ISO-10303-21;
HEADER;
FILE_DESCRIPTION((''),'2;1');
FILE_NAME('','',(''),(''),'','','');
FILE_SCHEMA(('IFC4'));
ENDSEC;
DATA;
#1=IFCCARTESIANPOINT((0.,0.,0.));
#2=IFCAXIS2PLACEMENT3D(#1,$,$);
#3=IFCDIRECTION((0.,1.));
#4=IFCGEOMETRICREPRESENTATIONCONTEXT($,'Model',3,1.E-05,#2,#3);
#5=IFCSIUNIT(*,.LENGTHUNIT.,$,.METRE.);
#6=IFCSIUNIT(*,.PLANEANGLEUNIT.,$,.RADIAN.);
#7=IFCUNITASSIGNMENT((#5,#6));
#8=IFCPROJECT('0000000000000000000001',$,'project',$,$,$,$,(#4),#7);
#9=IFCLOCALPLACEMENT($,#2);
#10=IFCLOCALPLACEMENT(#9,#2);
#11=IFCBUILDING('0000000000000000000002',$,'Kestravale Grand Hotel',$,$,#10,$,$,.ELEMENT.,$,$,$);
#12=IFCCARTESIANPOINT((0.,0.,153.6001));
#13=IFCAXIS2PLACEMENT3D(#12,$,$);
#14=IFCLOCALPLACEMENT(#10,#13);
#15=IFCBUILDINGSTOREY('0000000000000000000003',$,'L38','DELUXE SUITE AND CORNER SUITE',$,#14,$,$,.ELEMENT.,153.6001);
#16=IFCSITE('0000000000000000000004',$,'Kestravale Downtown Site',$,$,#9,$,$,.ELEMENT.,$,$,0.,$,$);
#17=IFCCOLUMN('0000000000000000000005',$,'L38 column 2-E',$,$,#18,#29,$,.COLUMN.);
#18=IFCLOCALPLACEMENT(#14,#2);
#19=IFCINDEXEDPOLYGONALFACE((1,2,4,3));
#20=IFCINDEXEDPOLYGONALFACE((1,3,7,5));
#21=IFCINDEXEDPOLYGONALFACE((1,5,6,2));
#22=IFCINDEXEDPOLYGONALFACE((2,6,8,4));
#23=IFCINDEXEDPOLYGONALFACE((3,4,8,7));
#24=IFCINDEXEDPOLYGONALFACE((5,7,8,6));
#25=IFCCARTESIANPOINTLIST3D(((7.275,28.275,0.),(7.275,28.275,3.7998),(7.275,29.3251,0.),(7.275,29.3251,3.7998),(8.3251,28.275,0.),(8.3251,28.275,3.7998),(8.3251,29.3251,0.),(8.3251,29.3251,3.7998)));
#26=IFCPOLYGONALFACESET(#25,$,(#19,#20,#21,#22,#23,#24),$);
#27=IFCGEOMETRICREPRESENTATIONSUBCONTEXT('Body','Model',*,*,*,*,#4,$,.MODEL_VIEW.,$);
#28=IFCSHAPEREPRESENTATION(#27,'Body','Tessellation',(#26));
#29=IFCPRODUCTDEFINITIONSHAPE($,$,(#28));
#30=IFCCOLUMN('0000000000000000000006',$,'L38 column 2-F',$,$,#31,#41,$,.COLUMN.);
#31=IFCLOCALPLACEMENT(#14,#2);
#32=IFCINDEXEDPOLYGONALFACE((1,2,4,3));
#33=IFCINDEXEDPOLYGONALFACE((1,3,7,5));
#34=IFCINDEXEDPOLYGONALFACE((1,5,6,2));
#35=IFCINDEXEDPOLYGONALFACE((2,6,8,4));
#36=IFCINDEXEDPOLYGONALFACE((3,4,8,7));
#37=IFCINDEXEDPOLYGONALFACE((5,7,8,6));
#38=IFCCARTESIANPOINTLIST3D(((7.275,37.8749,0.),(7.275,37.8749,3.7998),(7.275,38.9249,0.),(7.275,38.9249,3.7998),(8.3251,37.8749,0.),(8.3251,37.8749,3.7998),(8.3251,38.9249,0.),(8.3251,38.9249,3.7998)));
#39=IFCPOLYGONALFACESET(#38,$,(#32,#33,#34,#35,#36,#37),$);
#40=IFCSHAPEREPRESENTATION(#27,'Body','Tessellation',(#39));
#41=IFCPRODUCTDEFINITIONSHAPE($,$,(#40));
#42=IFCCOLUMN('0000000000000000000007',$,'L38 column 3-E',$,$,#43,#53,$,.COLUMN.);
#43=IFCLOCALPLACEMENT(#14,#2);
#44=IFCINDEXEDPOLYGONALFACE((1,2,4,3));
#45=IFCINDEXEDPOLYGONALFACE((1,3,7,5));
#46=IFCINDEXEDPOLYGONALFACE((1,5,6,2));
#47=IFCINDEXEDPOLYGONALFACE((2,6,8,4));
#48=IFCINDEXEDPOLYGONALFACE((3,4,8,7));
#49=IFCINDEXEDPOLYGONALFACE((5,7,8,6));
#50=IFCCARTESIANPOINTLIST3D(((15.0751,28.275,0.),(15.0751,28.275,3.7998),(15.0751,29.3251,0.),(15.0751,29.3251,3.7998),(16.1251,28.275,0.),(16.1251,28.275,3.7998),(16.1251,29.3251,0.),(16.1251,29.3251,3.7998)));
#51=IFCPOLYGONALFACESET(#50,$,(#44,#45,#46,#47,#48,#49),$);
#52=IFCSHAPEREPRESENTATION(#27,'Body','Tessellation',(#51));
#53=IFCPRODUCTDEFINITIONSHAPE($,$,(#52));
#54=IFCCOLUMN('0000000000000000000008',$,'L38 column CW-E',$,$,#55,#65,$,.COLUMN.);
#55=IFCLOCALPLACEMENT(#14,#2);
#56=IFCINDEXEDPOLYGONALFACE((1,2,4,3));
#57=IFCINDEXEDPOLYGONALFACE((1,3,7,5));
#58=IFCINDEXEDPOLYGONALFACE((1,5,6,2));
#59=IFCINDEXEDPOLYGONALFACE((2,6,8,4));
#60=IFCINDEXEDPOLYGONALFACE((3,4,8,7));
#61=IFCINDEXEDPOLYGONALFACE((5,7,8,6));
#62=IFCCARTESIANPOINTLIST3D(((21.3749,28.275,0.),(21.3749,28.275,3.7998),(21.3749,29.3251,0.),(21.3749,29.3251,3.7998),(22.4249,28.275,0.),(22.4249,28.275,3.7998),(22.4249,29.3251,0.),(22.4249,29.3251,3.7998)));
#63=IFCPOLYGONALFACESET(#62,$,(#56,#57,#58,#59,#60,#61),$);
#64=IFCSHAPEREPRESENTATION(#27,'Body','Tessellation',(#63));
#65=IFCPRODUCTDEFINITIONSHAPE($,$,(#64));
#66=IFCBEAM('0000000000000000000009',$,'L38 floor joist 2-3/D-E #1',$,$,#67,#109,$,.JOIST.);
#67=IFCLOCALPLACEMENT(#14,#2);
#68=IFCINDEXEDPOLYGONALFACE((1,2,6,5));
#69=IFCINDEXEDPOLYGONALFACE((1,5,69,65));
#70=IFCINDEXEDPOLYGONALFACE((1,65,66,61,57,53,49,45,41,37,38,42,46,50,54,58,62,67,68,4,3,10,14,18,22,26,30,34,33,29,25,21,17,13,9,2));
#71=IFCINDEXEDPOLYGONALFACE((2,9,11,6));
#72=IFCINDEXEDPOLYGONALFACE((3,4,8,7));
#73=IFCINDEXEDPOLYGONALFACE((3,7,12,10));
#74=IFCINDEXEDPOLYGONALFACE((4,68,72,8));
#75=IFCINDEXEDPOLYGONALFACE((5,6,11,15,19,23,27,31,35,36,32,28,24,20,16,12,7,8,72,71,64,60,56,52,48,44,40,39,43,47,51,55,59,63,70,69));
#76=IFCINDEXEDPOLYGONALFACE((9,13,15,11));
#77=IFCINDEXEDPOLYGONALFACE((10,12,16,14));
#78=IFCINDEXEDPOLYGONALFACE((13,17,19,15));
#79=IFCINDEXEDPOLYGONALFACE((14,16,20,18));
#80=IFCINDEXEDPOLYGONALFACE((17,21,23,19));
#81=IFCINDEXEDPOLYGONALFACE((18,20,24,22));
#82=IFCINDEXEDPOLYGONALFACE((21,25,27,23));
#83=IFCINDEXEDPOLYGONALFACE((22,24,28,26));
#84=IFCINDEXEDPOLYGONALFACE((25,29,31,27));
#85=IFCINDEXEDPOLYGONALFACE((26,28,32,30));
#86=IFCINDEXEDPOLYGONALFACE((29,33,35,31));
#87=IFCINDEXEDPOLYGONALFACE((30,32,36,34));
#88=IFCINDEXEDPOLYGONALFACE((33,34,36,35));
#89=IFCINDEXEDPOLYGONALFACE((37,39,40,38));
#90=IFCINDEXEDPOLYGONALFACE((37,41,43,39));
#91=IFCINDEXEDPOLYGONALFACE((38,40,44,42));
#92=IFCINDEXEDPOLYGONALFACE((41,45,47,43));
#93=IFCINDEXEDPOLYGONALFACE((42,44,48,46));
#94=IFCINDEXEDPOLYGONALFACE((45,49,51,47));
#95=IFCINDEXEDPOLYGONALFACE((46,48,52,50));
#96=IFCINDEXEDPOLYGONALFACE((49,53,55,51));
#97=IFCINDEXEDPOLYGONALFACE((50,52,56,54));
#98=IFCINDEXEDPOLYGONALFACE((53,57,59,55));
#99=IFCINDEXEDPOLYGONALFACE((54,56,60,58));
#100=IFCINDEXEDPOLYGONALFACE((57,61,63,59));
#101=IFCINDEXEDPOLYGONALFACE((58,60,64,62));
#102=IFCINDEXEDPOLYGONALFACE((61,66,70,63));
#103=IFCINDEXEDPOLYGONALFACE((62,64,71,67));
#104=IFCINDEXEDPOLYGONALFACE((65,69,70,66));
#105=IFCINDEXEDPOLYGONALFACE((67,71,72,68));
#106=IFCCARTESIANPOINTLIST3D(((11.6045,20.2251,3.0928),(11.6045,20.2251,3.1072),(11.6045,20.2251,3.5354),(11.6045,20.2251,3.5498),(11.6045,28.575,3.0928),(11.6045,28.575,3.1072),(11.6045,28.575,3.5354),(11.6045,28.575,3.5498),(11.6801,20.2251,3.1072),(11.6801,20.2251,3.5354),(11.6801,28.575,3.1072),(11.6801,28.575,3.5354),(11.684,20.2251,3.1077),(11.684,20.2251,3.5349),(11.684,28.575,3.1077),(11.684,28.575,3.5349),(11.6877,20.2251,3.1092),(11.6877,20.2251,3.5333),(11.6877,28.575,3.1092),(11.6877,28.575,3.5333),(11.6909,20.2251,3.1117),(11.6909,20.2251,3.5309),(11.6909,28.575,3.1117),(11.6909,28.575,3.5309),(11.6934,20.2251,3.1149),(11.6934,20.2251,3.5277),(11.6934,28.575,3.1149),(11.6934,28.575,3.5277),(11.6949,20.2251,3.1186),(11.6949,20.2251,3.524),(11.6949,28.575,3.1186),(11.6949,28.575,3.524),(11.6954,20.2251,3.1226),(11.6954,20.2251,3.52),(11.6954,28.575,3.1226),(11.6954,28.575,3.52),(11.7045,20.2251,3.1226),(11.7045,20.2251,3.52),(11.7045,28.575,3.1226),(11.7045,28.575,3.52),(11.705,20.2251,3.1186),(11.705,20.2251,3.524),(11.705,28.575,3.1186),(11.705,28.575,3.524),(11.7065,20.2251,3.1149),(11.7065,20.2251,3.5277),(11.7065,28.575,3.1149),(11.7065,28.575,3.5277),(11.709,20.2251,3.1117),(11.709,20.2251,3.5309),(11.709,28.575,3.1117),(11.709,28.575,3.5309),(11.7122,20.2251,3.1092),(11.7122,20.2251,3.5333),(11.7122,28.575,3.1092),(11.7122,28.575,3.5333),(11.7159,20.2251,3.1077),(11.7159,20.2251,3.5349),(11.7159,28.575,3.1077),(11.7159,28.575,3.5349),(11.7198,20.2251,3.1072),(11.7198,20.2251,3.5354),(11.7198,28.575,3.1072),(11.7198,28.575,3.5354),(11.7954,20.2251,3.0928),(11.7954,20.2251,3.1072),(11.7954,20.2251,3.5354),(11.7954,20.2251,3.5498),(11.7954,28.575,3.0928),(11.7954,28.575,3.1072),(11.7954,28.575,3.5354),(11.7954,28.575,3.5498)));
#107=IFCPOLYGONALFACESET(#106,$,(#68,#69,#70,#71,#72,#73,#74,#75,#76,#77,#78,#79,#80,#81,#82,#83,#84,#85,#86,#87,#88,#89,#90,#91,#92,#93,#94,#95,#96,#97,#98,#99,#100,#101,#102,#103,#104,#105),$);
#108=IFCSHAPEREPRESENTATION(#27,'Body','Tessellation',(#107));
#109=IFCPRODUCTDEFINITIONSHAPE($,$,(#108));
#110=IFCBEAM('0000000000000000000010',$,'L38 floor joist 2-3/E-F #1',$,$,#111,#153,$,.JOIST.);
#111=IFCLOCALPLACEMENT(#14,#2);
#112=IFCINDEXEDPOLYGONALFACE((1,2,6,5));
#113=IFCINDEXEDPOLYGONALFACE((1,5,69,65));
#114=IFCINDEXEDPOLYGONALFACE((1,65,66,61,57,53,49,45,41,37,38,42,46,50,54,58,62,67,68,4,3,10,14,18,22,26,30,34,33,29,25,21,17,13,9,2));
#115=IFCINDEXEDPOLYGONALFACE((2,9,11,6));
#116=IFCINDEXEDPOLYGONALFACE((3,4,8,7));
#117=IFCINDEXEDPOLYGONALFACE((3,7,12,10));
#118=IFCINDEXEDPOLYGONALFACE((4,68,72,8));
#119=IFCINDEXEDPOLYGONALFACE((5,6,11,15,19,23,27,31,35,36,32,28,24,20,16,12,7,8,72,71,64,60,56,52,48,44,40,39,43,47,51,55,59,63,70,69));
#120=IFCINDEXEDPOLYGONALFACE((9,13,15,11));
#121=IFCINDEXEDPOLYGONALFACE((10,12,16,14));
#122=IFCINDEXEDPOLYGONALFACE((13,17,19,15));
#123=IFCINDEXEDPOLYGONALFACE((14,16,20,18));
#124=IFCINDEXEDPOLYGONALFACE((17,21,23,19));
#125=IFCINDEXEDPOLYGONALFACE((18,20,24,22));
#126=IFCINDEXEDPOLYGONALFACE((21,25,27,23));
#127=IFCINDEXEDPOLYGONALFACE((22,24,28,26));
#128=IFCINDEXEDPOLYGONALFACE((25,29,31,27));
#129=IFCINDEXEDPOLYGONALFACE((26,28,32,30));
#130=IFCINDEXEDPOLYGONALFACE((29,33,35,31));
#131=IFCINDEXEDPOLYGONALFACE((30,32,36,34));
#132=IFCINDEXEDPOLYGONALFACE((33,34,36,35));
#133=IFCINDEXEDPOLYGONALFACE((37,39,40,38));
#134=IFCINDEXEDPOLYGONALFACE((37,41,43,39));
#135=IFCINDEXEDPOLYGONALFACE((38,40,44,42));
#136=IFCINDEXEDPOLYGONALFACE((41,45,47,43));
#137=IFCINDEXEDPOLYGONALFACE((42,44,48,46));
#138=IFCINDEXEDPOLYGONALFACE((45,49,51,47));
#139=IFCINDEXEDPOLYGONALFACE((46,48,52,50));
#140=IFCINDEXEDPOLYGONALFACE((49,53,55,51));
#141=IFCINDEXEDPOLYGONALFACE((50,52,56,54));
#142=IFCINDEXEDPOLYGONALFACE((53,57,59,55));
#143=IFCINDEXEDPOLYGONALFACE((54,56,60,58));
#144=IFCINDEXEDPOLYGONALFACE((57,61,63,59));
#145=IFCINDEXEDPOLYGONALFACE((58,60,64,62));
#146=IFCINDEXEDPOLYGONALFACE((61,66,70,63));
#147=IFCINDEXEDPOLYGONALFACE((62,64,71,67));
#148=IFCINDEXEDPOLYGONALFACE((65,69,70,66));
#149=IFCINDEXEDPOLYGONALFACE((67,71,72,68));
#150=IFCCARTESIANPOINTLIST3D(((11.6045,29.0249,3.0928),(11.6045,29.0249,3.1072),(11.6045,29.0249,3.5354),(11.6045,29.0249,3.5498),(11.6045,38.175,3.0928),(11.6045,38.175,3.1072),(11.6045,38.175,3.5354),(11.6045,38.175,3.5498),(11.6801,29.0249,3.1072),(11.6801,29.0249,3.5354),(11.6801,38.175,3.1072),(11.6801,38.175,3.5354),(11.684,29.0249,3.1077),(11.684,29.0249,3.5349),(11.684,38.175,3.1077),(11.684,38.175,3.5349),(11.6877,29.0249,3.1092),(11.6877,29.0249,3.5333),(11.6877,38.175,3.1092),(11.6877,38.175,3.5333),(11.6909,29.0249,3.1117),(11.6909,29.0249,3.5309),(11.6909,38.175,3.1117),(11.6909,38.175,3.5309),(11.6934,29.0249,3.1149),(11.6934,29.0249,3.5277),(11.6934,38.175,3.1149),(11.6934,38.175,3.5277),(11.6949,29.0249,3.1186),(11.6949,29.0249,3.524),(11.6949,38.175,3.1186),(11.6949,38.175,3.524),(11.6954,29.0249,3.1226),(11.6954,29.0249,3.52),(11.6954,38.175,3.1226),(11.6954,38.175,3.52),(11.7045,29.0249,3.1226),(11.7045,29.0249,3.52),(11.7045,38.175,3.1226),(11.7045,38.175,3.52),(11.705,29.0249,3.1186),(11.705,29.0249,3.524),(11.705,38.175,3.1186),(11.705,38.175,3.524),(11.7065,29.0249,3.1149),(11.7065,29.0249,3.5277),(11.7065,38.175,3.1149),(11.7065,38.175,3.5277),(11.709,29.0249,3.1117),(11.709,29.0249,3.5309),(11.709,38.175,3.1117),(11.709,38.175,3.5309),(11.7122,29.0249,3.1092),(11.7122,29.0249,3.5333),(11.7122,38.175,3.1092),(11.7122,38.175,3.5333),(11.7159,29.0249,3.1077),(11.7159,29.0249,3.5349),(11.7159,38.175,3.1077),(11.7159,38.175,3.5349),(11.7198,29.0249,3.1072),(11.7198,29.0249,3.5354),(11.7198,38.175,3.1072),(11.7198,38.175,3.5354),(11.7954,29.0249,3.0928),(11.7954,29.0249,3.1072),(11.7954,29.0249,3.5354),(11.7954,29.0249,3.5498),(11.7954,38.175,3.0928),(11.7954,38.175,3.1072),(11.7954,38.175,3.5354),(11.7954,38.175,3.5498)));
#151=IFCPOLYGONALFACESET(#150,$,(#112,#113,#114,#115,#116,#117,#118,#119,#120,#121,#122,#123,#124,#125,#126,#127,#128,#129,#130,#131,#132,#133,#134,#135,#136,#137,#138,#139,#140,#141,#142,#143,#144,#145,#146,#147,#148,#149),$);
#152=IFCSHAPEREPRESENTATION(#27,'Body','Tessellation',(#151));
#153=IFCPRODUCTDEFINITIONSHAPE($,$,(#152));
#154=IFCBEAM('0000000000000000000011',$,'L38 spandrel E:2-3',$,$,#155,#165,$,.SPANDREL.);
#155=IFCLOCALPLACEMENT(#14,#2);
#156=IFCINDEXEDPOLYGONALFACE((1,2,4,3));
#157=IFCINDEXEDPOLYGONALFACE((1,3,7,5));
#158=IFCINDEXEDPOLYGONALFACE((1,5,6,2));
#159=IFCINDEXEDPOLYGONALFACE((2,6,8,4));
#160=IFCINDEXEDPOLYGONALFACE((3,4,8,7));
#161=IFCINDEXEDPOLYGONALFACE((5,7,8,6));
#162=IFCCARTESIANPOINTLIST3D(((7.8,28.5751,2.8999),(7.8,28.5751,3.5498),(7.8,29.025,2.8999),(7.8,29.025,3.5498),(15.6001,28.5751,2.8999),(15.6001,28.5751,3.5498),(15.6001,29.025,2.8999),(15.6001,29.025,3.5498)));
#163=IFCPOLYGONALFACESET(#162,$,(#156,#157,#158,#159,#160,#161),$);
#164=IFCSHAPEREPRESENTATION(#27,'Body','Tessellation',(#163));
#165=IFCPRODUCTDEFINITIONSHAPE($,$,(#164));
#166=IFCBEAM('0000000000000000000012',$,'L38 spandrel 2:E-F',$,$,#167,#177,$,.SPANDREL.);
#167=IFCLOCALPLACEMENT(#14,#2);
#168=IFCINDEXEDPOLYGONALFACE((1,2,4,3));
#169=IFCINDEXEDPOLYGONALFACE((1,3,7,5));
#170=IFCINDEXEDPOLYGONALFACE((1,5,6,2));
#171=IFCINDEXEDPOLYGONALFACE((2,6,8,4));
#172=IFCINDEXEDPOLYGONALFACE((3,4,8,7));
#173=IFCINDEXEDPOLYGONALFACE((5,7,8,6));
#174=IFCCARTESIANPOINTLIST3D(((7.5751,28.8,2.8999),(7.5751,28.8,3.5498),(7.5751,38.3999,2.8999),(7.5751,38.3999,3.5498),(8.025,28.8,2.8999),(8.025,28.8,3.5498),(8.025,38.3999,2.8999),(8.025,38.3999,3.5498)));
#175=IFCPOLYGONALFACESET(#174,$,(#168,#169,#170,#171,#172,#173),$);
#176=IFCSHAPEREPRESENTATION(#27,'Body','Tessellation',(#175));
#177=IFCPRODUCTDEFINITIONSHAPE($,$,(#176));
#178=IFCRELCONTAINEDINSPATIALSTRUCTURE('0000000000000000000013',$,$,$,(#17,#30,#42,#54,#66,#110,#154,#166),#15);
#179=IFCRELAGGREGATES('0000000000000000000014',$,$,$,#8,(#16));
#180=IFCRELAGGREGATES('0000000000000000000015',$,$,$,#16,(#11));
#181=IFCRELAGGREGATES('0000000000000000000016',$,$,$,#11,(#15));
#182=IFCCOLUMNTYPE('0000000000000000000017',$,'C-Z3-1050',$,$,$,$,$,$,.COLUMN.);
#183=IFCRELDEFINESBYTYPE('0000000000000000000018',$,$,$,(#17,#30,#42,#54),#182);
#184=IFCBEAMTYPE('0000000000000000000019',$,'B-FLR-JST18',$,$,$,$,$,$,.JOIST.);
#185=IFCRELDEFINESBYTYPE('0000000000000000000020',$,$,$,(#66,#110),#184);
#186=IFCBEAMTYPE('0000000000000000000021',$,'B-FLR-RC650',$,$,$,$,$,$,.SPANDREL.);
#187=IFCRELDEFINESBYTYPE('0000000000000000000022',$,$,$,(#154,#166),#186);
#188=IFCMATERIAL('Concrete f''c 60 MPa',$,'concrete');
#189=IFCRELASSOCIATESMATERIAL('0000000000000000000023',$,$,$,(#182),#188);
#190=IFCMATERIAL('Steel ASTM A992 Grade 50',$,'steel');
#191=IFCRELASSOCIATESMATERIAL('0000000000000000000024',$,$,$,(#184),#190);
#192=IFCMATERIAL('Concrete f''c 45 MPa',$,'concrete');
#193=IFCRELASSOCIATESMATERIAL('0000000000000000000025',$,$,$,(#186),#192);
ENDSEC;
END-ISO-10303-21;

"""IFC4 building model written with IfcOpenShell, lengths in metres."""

from ifc_helpers import new_model, si_unit, direction, frame, origin, origin_2d, place, context, subcontext, project, spatial, rectangle, i_section, extrude, material, material_profile, profile_set, type_object, element, save


model = new_model("IFC4")

# Units and contexts
model_context = context("Model", 3, precision=1e-05, world=origin(), true_north=direction((0.0, 1.0)))
body_context = subcontext(model_context, "Body", "Model", "MODEL_VIEW")
ifc_project = project(units=[si_unit("LENGTHUNIT", "METRE"), si_unit("PLANEANGLEUNIT", "RADIAN")], contexts=[model_context])

# Site, building, storey
site_placement = place(None, origin())
site = spatial("IfcSite", under=ifc_project, at=site_placement, Name="Kestravale Downtown Site", CompositionType="ELEMENT", RefElevation=0.0)
building_placement = place(site_placement, origin())
building = spatial("IfcBuilding", under=site, at=building_placement, Name="Kestravale Grand Hotel", CompositionType="ELEMENT")
storey_placement = place(building_placement, frame((0.0, 0.0, 153.6001)))
storey = spatial("IfcBuildingStorey", under=building, at=storey_placement, Name="L38", Description="DELUXE SUITE AND CORNER SUITE", CompositionType="ELEMENT", Elevation=153.6001)

# Columns
ifc_material_1 = material(Name="Concrete f'c 60 MPa", Category="concrete")
ifc_material_profile_1 = material_profile(ifc_material_1, rectangle(XDim=1.05, YDim=1.05, at=origin_2d()))
ifc_profile_set_1 = profile_set([ifc_material_profile_1], Name="Concrete f'c 60 MPa")
column_type = type_object("IfcColumnType", Name="C-Z3-1050", PredefinedType="COLUMN", material=ifc_profile_set_1)
for number, where, z_axis, x_axis, name in (
    (1, (7.8, 28.8, 0.0), (0.0, 0.0, 1.0), (1.0, 0.0, 0.0), "L38 column 2-E"),
    (2, (7.8, 38.3999, 0.0), (0.0, 0.0, 1.0), (1.0, 0.0, 0.0), "L38 column 2-F"),
    (3, (15.6001, 28.8, 0.0), (0.0, 0.0, 1.0), (1.0, 0.0, 0.0), "L38 column 3-E"),
    (4, (21.8999, 28.8, 0.0), (0.0, 0.0, 1.0), (1.0, 0.0, 0.0), "L38 column CW-E"),
):
    element("IfcColumn", number, at=place(storey_placement, frame(where, z_axis=z_axis, x_axis=x_axis)), inside=storey, type_object=column_type, Name=name, PredefinedType="COLUMN", context=body_context, shape_type="SweptSolid", body=[
        extrude(rectangle(XDim=1.05, YDim=1.05, at=origin_2d()), origin(), (0.0, 0.0, 1.0), 3.7998),
    ])

# Beams
ifc_material_2 = material(Name="Steel ASTM A992 Grade 50", Category="steel")
ifc_material_profile_2 = material_profile(ifc_material_2, i_section(OverallWidth=0.1909, OverallDepth=0.457, WebThickness=0.009, FlangeThickness=0.0144, FilletRadius=0.0154, at=origin_2d()))
ifc_profile_set_2 = profile_set([ifc_material_profile_2], Name="Steel ASTM A992 Grade 50")
beam_type_1 = type_object("IfcBeamType", Name="B-FLR-JST18", PredefinedType="JOIST", material=ifc_profile_set_2)
beam_1_placement = place(storey_placement, frame((11.7, 20.2251, 3.3213), z_axis=(0.0, 1.0, 0.0), x_axis=(-1.0, 0.0, 0.0)))
element("IfcBeam", 5, at=beam_1_placement, inside=storey, type_object=beam_type_1, Name="L38 floor joist 2-3/D-E #1", PredefinedType="JOIST", context=body_context, shape_type="SweptSolid", body=[
    extrude(i_section(OverallWidth=0.1909, OverallDepth=0.457, WebThickness=0.009, FlangeThickness=0.0144, FilletRadius=0.0154, at=origin_2d()), origin(), (0.0, 0.0, 1.0), 8.3499),
])
beam_2_placement = place(storey_placement, frame((11.7, 29.0249, 3.3213), z_axis=(0.0, 1.0, 0.0), x_axis=(-1.0, 0.0, 0.0)))
element("IfcBeam", 6, at=beam_2_placement, inside=storey, type_object=beam_type_1, Name="L38 floor joist 2-3/E-F #1", PredefinedType="JOIST", context=body_context, shape_type="SweptSolid", body=[
    extrude(i_section(OverallWidth=0.1909, OverallDepth=0.457, WebThickness=0.009, FlangeThickness=0.0144, FilletRadius=0.0154, at=origin_2d()), origin(), (0.0, 0.0, 1.0), 9.1501),
])
ifc_material_3 = material(Name="Concrete f'c 45 MPa", Category="concrete")
ifc_material_profile_3 = material_profile(ifc_material_3, rectangle(XDim=0.45, YDim=0.6499, at=origin_2d()))
ifc_profile_set_3 = profile_set([ifc_material_profile_3], Name="Concrete f'c 45 MPa")
beam_type_2 = type_object("IfcBeamType", Name="B-FLR-RC650", PredefinedType="SPANDREL", material=ifc_profile_set_3)
beam_3_placement = place(storey_placement, frame((7.8, 28.8, 3.2249), z_axis=(1.0, 0.0, 0.0), x_axis=(0.0, 1.0, 0.0)))
element("IfcBeam", 7, at=beam_3_placement, inside=storey, type_object=beam_type_2, Name="L38 spandrel E:2-3", PredefinedType="SPANDREL", context=body_context, shape_type="SweptSolid", body=[
    extrude(rectangle(XDim=0.45, YDim=0.6499, at=origin_2d()), origin(), (0.0, 0.0, 1.0), 7.8),
])
beam_4_placement = place(storey_placement, frame((7.8, 28.8, 3.2249), z_axis=(0.0, 1.0, 0.0), x_axis=(-1.0, 0.0, 0.0)))
element("IfcBeam", 8, at=beam_4_placement, inside=storey, type_object=beam_type_2, Name="L38 spandrel 2:E-F", PredefinedType="SPANDREL", context=body_context, shape_type="SweptSolid", body=[
    extrude(rectangle(XDim=0.45, YDim=0.6499, at=origin_2d()), origin(), (0.0, 0.0, 1.0), 9.5999),
])

save(model, "model.ifc")
